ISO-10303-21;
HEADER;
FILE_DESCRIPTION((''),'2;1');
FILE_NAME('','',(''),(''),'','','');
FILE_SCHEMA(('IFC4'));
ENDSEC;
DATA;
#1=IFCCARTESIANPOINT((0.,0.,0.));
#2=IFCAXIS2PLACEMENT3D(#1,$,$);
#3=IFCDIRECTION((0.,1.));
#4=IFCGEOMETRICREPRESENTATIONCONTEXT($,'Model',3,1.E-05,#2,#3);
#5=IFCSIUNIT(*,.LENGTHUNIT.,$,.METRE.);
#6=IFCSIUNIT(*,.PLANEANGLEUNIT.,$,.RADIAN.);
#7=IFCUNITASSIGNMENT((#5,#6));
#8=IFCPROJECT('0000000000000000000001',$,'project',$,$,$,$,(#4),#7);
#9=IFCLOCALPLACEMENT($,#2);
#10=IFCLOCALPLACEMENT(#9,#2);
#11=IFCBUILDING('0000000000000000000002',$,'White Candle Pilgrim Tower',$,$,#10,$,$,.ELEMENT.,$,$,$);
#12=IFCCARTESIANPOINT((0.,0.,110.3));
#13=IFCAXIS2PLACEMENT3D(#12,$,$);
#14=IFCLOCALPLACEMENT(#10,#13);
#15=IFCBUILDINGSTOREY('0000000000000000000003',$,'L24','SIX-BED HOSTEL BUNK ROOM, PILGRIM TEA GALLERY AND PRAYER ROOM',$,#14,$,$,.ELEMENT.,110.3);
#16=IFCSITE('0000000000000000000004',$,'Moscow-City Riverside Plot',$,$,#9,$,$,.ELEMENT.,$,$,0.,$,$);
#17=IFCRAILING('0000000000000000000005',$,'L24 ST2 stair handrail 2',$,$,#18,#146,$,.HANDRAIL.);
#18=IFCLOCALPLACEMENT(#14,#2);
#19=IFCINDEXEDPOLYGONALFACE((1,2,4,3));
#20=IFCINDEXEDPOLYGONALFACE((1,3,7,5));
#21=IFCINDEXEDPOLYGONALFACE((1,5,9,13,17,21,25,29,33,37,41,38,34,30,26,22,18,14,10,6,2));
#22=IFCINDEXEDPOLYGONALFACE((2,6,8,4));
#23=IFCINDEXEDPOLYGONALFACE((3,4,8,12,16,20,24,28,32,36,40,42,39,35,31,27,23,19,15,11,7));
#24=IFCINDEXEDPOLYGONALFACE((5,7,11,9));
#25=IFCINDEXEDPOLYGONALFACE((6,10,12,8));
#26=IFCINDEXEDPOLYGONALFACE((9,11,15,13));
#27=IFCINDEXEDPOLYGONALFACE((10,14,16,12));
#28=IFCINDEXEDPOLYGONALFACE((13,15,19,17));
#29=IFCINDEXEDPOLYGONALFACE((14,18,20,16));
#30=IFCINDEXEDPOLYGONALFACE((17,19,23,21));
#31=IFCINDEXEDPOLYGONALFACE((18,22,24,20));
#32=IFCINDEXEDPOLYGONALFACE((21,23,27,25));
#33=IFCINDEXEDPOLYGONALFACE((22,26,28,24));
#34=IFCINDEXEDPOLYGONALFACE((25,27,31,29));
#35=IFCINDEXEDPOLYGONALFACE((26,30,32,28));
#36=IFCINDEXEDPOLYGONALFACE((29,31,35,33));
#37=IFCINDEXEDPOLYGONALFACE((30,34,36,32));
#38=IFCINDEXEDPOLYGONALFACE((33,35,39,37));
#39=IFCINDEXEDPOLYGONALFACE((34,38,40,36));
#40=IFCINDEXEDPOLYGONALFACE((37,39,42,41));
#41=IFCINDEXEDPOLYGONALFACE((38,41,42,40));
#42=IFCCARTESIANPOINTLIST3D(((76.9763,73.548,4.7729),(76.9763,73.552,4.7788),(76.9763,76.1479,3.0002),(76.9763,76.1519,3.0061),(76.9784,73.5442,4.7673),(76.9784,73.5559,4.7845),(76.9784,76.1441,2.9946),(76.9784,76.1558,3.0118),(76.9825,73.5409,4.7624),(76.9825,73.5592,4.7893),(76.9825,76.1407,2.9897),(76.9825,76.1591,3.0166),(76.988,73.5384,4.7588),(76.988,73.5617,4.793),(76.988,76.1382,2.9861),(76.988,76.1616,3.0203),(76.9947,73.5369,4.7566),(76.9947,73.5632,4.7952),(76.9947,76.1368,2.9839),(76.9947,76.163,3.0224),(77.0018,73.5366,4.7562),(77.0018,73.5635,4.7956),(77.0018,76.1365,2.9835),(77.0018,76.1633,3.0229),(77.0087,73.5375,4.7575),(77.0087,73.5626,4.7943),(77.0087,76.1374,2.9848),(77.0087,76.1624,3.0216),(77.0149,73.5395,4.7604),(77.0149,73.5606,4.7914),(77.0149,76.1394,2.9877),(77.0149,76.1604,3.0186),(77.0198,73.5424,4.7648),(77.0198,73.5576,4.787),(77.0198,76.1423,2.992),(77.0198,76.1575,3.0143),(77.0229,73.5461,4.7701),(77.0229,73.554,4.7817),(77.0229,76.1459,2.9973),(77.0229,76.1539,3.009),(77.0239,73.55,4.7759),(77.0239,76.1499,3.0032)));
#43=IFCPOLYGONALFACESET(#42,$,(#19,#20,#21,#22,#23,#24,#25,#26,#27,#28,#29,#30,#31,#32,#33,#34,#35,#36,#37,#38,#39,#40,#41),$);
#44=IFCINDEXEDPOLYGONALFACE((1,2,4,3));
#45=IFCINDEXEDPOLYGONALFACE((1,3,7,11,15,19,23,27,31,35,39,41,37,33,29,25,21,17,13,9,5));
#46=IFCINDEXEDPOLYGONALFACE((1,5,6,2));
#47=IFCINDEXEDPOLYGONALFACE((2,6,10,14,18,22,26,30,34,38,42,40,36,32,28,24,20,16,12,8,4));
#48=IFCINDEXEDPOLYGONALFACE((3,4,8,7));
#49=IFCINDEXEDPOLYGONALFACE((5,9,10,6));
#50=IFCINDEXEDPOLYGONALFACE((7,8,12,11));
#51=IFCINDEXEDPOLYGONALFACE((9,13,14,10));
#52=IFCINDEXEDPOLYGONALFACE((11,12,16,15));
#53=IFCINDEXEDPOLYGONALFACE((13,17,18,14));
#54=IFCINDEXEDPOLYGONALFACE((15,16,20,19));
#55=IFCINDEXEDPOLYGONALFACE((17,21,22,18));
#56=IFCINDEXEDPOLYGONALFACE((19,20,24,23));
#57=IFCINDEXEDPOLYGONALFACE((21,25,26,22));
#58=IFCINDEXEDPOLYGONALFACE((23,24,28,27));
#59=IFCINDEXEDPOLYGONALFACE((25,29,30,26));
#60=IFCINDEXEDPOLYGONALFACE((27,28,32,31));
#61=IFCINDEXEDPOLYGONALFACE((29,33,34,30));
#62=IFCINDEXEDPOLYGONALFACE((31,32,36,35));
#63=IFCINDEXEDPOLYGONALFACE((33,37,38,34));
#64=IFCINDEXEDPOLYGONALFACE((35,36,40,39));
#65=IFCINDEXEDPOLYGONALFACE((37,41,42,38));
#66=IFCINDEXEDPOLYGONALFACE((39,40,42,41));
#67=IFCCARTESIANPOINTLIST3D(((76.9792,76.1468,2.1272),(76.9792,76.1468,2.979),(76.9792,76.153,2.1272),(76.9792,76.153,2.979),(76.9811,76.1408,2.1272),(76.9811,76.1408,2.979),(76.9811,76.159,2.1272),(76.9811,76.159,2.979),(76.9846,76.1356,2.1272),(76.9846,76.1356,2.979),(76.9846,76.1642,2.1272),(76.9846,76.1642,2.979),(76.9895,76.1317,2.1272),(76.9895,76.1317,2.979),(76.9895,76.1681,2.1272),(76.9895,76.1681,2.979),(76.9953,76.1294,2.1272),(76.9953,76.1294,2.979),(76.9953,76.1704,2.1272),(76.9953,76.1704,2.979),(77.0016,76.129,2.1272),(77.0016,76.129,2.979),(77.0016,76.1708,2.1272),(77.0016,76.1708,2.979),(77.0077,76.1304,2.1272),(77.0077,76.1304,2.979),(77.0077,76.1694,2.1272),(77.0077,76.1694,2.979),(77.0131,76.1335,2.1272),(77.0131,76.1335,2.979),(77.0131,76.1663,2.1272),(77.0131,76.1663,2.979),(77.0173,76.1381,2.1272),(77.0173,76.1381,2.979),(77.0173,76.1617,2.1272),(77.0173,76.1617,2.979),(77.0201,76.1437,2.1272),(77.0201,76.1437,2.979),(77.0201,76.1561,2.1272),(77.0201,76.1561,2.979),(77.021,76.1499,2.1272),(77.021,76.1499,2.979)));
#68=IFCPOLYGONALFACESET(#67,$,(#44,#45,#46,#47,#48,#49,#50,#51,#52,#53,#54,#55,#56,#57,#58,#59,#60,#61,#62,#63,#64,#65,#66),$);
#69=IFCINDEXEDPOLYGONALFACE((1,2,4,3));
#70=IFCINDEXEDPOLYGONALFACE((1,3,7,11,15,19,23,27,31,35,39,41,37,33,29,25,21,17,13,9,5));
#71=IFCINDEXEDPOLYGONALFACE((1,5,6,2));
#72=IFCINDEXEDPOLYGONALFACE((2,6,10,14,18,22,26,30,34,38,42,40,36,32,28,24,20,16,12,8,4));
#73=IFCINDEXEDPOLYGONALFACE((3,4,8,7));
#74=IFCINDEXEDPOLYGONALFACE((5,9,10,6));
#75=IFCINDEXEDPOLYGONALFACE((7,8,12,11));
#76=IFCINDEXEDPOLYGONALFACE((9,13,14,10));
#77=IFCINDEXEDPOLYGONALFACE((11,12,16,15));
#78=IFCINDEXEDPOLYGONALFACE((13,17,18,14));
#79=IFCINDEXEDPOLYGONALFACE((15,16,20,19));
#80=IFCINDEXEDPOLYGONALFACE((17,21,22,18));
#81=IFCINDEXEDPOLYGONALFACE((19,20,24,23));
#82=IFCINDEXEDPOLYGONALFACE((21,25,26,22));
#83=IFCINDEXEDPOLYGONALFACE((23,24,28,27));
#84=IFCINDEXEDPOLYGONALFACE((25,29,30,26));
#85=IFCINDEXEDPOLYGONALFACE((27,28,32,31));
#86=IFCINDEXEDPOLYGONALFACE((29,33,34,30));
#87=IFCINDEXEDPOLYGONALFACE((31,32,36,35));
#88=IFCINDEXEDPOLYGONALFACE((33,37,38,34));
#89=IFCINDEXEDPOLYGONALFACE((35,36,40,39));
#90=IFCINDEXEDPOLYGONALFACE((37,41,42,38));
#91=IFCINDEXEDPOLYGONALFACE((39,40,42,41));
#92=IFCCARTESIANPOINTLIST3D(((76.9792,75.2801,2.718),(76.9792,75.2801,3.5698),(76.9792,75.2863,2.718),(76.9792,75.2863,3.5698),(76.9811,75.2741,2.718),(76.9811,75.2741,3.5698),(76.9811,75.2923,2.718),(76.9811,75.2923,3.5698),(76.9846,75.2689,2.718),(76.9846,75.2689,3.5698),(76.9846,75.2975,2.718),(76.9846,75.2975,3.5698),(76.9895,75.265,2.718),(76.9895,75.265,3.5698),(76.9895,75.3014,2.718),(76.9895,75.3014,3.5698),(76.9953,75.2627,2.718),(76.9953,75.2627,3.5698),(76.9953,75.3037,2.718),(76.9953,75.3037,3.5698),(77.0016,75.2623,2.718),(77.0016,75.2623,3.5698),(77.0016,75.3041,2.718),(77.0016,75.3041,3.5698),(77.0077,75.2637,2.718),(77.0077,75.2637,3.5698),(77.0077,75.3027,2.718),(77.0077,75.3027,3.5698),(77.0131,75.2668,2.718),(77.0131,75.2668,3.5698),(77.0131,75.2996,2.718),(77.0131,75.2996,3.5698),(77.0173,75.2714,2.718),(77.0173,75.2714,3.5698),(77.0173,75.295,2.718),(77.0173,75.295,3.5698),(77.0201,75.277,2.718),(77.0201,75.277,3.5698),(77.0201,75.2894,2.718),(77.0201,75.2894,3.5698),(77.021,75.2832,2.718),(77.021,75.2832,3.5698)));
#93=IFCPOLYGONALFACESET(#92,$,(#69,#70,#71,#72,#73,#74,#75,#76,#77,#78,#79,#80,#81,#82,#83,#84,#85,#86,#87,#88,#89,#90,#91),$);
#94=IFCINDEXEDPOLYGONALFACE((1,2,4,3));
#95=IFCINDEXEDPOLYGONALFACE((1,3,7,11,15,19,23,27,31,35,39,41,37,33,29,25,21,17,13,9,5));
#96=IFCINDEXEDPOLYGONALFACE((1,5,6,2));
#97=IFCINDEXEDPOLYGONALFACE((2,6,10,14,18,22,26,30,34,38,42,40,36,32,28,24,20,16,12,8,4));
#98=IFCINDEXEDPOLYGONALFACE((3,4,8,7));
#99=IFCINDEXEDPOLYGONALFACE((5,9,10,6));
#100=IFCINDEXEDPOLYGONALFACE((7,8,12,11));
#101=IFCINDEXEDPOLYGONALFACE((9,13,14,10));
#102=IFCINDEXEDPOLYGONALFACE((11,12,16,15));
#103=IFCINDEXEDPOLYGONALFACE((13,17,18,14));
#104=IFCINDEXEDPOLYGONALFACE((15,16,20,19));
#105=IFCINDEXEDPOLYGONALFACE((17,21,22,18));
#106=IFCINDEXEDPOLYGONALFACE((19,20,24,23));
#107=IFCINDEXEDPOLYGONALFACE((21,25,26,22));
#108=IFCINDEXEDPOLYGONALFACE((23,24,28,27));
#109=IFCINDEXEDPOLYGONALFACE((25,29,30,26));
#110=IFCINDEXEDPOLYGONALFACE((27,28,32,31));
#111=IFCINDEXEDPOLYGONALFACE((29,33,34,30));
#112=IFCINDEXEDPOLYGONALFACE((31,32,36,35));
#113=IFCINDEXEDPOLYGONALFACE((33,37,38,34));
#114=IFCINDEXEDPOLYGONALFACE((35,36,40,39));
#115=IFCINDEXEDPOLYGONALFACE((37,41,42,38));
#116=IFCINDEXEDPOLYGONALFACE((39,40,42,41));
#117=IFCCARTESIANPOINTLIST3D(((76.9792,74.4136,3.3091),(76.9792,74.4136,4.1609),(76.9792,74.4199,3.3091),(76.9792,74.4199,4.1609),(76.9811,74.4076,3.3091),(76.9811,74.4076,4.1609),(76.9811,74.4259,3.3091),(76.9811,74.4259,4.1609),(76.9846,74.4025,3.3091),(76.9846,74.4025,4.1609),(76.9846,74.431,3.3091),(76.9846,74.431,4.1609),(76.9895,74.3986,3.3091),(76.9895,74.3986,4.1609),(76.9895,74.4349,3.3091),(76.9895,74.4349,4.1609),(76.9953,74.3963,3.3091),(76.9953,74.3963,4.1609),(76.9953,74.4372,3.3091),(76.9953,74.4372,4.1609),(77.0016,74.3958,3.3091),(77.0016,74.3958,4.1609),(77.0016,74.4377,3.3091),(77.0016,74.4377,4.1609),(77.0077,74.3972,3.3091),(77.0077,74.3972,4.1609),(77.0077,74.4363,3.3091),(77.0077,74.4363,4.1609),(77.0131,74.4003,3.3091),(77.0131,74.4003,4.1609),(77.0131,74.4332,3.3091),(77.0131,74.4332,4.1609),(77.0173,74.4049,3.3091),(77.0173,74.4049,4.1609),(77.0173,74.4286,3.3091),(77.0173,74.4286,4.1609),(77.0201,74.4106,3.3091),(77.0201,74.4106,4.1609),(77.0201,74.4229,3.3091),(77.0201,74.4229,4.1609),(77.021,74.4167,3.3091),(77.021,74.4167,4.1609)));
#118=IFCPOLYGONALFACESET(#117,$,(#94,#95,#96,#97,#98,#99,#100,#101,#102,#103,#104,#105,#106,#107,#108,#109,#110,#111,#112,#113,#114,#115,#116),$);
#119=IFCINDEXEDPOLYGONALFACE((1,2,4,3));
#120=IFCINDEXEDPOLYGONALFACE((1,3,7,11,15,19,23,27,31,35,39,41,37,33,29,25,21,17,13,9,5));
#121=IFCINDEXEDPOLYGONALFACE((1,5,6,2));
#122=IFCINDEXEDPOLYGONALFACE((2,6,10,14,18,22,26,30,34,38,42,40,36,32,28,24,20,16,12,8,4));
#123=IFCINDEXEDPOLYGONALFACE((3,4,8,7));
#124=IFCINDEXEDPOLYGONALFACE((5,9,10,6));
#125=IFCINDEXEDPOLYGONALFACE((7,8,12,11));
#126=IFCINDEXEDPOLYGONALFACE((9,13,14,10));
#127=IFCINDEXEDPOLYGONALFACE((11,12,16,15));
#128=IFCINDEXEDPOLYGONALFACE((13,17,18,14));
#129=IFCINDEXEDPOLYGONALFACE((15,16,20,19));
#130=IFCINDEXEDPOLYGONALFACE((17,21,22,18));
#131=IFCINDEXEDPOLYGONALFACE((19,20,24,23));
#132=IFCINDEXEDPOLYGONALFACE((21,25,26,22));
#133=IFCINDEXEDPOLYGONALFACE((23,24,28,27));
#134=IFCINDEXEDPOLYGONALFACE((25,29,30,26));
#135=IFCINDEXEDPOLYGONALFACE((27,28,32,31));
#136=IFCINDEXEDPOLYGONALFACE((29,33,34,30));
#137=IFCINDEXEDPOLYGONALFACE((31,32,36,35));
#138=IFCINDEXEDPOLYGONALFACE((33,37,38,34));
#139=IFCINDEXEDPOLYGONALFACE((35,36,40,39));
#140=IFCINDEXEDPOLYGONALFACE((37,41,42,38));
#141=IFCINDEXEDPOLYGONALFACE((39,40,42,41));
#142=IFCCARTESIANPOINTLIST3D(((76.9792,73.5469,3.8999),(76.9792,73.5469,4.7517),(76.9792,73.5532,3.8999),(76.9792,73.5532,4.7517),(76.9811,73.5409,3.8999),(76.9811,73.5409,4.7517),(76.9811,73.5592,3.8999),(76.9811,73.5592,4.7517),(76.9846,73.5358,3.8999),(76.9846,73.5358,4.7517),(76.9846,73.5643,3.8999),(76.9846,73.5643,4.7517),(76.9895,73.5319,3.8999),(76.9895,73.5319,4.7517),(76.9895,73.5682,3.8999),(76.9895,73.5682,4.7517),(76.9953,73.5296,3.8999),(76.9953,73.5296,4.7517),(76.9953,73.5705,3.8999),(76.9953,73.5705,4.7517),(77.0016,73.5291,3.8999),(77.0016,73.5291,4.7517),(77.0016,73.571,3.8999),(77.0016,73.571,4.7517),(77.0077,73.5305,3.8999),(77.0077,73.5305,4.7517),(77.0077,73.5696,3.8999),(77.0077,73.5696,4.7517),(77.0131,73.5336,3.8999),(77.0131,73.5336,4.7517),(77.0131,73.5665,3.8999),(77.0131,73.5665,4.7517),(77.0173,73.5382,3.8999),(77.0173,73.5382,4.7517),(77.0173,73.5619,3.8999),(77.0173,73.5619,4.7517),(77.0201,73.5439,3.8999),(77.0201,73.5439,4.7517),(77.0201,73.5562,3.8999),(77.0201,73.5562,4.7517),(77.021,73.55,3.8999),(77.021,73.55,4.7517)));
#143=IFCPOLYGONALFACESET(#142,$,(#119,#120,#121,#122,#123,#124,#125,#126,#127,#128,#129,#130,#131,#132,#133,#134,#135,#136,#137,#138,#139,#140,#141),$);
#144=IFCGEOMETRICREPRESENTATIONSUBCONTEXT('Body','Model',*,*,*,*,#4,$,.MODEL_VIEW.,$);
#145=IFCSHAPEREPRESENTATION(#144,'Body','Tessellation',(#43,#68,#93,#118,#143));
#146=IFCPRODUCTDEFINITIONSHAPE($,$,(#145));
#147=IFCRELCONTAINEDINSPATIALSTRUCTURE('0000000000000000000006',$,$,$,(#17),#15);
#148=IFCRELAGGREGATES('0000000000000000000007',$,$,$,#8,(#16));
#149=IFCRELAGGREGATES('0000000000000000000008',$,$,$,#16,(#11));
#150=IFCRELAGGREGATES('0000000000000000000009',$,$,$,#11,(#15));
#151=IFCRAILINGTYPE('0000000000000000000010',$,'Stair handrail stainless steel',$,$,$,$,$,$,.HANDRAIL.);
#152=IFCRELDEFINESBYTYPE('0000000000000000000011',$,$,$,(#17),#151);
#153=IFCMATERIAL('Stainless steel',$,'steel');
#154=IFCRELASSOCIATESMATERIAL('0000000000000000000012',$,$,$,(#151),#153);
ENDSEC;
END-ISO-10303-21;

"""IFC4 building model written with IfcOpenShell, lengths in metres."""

from ifc_helpers import new_model, si_unit, direction, frame, origin, origin_2d, place, context, subcontext, project, spatial, circle, extrude, material, type_object, element, save


model = new_model("IFC4")

# Units and contexts
model_context = context("Model", 3, precision=1e-05, world=origin(), true_north=direction((0.0, 1.0)))
body_context = subcontext(model_context, "Body", "Model", "MODEL_VIEW")
ifc_project = project(units=[si_unit("LENGTHUNIT", "METRE"), si_unit("PLANEANGLEUNIT", "RADIAN")], contexts=[model_context])

# Site, building, storey
site_placement = place(None, origin())
site = spatial("IfcSite", under=ifc_project, at=site_placement, Name="Moscow-City Riverside Plot", CompositionType="ELEMENT", RefElevation=0.0)
building_placement = place(site_placement, origin())
building = spatial("IfcBuilding", under=site, at=building_placement, Name="White Candle Pilgrim Tower", CompositionType="ELEMENT")
storey_placement = place(building_placement, frame((0.0, 0.0, 110.3)))
storey = spatial("IfcBuildingStorey", under=building, at=storey_placement, Name="L24", Description="SIX-BED HOSTEL BUNK ROOM, PILGRIM TEA GALLERY AND PRAYER ROOM", CompositionType="ELEMENT", Elevation=110.3)

# Railing
ifc_material_1 = material(Name="Stainless steel", Category="steel")
railing_type_1 = type_object("IfcRailingType", Name="Stair handrail stainless steel", PredefinedType="HANDRAIL", material=ifc_material_1)
railing_1_placement = place(storey_placement, frame((77.0, 76.1499, 2.1272)))
element("IfcRailing", 1, at=railing_1_placement, inside=storey, type_object=railing_type_1, Name="L24 ST2 stair handrail 2", PredefinedType="HANDRAIL", context=body_context, shape_type="SweptSolid", body=[
    extrude(circle(Radius=0.0239, at=origin_2d()), frame((0.0, 0.0, 0.876), z_axis=(0.0, -0.826216, 0.563354), x_axis=(1.0, 0.0, 0.0)), (0.0, 0.0, 1.0), 3.1467),
    extrude(circle(Radius=0.021, at=origin_2d()), origin(), (0.0, 0.0, 1.0), 0.8518),
    extrude(circle(Radius=0.021, at=origin_2d()), frame((0.0, -0.8667, 0.5908)), (0.0, 0.0, 1.0), 0.8518),
    extrude(circle(Radius=0.021, at=origin_2d()), frame((0.0, -1.7332, 1.1819)), (0.0, 0.0, 1.0), 0.8518),
    extrude(circle(Radius=0.021, at=origin_2d()), frame((0.0, -2.5999, 1.7727)), (0.0, 0.0, 1.0), 0.8518),
])

save(model, "model.ifc")
